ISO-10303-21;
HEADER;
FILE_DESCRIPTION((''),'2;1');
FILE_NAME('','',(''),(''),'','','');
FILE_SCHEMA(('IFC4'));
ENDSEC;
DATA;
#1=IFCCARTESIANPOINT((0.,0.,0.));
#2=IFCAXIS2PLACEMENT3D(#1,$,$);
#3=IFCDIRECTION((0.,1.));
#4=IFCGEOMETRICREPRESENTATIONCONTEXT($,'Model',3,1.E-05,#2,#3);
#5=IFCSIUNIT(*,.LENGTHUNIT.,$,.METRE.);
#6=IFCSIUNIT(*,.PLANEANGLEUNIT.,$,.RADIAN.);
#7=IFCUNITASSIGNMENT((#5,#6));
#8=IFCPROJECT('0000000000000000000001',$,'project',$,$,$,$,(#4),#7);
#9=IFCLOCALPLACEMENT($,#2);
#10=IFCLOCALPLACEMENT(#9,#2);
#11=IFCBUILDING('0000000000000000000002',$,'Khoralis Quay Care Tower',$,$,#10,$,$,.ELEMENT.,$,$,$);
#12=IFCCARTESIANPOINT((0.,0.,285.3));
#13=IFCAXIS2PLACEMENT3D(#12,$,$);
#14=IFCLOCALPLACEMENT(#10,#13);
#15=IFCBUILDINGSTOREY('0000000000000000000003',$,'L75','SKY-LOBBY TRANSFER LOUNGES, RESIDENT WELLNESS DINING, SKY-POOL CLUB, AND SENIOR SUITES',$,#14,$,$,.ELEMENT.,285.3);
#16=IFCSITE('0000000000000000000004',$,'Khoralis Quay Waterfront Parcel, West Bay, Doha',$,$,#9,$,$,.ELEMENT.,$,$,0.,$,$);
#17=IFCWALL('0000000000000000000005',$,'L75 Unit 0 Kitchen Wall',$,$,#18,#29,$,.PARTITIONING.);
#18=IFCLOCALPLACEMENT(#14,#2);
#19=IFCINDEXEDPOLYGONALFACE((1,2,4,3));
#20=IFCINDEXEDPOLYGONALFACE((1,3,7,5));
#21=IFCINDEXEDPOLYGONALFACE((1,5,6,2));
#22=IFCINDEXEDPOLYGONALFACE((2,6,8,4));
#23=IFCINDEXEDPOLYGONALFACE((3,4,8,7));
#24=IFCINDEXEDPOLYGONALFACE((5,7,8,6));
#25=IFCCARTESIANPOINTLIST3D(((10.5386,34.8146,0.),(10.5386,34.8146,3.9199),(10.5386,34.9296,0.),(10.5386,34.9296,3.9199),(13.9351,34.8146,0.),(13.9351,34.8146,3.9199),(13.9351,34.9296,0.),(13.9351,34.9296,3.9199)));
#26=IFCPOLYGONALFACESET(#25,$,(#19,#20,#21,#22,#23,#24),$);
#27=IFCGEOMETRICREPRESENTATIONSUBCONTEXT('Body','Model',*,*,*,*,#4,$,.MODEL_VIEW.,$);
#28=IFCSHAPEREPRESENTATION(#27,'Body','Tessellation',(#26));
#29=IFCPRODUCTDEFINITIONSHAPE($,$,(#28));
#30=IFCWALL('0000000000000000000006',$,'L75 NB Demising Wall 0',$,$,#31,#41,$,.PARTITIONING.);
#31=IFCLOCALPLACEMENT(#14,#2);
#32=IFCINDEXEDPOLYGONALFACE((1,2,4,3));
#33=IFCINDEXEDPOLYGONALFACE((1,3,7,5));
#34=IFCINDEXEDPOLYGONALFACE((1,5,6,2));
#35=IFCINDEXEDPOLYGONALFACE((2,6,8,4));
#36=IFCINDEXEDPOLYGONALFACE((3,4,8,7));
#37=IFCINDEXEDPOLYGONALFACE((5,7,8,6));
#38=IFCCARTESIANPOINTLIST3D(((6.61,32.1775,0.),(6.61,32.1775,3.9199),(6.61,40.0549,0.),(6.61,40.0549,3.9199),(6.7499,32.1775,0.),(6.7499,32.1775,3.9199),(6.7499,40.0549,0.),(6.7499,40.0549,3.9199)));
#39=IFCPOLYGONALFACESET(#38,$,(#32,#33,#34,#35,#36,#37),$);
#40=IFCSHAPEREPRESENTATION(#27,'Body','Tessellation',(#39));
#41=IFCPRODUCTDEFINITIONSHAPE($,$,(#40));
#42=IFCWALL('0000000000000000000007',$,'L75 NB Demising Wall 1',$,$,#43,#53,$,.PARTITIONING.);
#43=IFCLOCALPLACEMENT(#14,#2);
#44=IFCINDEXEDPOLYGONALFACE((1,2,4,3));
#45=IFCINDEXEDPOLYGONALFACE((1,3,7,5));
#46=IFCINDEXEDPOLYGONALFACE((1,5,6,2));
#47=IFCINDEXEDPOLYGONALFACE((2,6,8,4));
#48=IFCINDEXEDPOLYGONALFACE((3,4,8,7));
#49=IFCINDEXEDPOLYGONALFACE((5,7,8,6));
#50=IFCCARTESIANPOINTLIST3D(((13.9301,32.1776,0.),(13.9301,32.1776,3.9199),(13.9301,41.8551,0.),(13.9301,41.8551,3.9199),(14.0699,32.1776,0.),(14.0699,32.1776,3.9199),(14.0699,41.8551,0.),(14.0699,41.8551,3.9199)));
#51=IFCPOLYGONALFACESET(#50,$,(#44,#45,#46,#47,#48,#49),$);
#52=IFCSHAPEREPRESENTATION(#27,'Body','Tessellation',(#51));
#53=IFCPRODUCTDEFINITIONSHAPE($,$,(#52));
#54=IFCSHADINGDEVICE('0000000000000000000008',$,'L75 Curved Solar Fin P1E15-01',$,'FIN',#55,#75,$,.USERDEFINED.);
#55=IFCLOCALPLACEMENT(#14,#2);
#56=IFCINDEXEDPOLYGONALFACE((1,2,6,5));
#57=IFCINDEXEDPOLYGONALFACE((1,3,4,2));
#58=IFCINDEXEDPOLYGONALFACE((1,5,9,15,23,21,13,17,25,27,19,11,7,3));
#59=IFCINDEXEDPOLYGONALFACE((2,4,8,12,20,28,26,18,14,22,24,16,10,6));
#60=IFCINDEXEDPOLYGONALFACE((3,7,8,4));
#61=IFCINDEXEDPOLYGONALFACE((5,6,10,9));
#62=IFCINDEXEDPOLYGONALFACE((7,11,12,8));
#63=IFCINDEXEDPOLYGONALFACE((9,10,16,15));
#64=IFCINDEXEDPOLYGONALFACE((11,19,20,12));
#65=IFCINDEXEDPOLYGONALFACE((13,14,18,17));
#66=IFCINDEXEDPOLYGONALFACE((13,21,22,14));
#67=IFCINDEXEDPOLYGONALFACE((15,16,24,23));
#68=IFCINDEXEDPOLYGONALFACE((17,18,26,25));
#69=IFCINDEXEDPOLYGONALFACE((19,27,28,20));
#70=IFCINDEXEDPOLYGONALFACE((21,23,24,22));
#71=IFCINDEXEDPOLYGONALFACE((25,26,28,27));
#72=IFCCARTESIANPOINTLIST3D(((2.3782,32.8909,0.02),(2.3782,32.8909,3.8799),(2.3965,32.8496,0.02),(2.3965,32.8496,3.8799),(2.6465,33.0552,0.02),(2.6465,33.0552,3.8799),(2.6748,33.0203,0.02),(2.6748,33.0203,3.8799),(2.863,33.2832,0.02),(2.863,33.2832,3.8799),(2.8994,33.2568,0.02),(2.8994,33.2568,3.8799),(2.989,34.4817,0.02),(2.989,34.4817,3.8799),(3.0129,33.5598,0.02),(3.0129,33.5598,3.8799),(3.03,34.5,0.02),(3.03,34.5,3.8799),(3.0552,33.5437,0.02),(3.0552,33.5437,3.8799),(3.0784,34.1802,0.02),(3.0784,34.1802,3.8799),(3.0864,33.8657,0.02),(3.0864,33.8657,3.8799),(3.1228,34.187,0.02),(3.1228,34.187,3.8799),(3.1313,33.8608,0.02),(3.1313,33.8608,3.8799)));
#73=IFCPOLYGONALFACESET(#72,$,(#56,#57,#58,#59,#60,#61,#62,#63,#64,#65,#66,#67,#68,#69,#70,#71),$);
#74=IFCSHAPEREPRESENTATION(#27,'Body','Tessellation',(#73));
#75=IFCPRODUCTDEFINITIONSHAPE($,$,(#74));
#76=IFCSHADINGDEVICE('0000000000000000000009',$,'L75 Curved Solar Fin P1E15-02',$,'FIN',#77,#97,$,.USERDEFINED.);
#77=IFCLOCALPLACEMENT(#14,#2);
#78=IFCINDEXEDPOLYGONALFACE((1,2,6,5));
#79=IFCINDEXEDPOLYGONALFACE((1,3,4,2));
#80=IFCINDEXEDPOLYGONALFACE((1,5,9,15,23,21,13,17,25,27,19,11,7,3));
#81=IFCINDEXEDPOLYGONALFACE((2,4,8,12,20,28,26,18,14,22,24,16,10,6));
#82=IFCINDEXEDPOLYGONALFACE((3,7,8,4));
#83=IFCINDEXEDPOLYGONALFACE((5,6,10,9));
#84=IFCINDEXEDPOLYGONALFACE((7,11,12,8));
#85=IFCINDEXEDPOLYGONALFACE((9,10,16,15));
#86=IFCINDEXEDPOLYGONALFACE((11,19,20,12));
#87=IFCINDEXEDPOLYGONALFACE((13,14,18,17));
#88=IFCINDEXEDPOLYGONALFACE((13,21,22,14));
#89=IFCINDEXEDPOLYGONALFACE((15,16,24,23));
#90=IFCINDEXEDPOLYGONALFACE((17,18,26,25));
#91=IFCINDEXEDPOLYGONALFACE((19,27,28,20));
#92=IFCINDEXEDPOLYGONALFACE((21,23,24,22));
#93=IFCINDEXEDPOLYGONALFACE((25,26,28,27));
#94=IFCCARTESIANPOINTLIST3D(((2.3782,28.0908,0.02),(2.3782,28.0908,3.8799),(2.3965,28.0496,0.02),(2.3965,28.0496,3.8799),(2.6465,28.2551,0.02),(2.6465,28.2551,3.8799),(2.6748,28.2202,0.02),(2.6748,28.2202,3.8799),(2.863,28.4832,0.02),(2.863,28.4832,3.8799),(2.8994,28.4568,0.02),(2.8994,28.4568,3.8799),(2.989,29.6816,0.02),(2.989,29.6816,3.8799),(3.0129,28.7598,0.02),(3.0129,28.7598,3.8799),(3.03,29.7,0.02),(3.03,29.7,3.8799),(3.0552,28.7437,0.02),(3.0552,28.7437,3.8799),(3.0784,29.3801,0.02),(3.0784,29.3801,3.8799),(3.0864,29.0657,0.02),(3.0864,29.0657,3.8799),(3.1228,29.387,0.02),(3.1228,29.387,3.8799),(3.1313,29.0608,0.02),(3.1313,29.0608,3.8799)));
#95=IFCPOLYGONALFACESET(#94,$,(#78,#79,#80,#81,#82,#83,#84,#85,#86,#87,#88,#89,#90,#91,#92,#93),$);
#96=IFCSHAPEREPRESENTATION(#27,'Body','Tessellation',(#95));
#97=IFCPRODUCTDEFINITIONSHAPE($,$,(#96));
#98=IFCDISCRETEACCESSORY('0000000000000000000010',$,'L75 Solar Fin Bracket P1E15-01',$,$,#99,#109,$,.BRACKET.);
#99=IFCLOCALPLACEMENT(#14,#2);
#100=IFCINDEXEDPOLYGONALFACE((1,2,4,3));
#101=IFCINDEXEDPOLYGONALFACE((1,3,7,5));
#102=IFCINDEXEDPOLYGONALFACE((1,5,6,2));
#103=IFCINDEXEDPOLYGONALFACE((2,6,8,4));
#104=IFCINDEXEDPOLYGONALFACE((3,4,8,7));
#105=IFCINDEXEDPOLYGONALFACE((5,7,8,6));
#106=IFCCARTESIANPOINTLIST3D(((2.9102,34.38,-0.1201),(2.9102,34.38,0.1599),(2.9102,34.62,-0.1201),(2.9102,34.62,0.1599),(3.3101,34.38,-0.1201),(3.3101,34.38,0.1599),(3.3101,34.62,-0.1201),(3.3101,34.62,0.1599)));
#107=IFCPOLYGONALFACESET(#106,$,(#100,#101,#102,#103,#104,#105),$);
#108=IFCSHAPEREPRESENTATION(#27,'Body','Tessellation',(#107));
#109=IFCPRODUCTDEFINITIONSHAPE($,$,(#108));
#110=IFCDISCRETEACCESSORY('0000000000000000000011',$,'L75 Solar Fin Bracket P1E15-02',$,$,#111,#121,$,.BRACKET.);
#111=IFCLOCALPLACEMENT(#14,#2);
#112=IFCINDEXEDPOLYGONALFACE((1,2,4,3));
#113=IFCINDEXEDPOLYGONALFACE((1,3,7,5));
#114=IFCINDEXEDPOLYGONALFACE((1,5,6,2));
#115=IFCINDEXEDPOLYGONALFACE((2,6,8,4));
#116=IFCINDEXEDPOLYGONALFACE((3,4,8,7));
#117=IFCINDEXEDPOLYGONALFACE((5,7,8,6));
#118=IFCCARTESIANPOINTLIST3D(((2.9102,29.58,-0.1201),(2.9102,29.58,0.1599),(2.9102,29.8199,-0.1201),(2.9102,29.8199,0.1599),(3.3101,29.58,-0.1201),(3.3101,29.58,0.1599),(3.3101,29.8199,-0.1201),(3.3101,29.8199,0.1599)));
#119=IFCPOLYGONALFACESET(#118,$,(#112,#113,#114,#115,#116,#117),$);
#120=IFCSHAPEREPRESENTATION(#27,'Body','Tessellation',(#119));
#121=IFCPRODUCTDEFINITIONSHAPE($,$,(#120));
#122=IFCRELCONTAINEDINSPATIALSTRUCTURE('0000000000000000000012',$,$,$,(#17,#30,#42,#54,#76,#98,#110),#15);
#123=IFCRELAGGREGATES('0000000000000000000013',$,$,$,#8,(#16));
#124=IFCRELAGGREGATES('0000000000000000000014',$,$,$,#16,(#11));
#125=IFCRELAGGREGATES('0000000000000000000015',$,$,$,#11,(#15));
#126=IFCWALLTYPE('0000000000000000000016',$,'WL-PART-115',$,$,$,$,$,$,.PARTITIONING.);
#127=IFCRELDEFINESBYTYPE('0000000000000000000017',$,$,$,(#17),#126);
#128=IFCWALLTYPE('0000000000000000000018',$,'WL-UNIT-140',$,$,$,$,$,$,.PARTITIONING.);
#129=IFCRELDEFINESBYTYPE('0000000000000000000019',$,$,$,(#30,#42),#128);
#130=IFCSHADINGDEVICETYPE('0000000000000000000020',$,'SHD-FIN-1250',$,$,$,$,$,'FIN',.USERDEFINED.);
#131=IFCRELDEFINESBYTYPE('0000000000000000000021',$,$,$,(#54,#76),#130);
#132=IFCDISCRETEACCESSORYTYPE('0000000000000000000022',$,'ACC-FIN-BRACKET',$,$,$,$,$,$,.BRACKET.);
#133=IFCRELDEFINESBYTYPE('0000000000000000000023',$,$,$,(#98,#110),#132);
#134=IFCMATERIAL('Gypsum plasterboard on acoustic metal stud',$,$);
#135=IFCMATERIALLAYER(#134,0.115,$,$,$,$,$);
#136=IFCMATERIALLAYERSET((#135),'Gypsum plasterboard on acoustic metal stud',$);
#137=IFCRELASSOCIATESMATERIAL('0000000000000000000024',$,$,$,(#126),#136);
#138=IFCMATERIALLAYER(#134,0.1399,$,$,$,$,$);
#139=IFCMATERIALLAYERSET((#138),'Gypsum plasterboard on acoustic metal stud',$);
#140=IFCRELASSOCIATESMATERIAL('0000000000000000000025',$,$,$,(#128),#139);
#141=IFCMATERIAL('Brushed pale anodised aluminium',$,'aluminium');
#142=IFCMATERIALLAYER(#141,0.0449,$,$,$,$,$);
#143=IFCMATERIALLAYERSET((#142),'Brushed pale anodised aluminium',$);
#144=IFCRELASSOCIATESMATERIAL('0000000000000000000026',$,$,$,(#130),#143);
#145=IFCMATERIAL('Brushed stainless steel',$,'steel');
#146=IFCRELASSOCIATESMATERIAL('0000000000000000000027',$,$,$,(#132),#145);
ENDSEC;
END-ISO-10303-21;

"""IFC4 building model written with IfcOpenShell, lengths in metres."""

from ifc_helpers import new_model, si_unit, direction, frame, frame_2d, origin, origin_2d, place, context, subcontext, project, spatial, polyline, rectangle, outline, extrude, source, transform, mapped, material, layer, layer_set, type_object, element, save


model = new_model("IFC4")

# Units and contexts
model_context = context("Model", 3, precision=1e-05, world=origin(), true_north=direction((0.0, 1.0)))
body_context = subcontext(model_context, "Body", "Model", "MODEL_VIEW")
ifc_project = project(units=[si_unit("LENGTHUNIT", "METRE"), si_unit("PLANEANGLEUNIT", "RADIAN")], contexts=[model_context])

# Site, building, storey
site_placement = place(None, origin())
site = spatial("IfcSite", under=ifc_project, at=site_placement, Name="Khoralis Quay Waterfront Parcel, West Bay, Doha", CompositionType="ELEMENT", RefElevation=0.0)
building_placement = place(site_placement, origin())
building = spatial("IfcBuilding", under=site, at=building_placement, Name="Khoralis Quay Care Tower", CompositionType="ELEMENT")
storey_placement = place(building_placement, frame((0.0, 0.0, 285.3)))
storey = spatial("IfcBuildingStorey", under=building, at=storey_placement, Name="L75", Description="SKY-LOBBY TRANSFER LOUNGES, RESIDENT WELLNESS DINING, SKY-POOL CLUB, AND SENIOR SUITES", CompositionType="ELEMENT", Elevation=285.3)

# Shared definitions
ifc_material_1 = material(Name="Gypsum plasterboard on acoustic metal stud")

# Shared definitions
ifc_layer_1 = layer(ifc_material_1, 0.115)
ifc_layer_set_1 = layer_set([ifc_layer_1], Name="Gypsum plasterboard on acoustic metal stud")
wall_type_1 = type_object("IfcWallType", Name="WL-PART-115", PredefinedType="PARTITIONING", material=ifc_layer_set_1)

# Walls
wall_1_placement = place(storey_placement, frame((10.5386, 34.8721, 0.0), z_axis=(0.0, 0.0, 1.0), x_axis=(1.0, 0.0, 0.0)))
element("IfcWall", 1, at=wall_1_placement, inside=storey, type_object=wall_type_1, Name="L75 Unit 0 Kitchen Wall", PredefinedType="PARTITIONING", context=body_context, shape_type="SweptSolid", body=[
    extrude(rectangle(XDim=3.3965, YDim=0.115, at=frame_2d((1.6982, 0.0))), origin(), (0.0, 0.0, 1.0), 3.9199),
])
ifc_layer_2 = layer(ifc_material_1, 0.1399)
ifc_layer_set_2 = layer_set([ifc_layer_2], Name="Gypsum plasterboard on acoustic metal stud")
wall_type_2 = type_object("IfcWallType", Name="WL-UNIT-140", PredefinedType="PARTITIONING", material=ifc_layer_set_2)
wall_2_placement = place(storey_placement, frame((6.6799, 32.1775, 0.0), z_axis=(0.0, 0.0, 1.0), x_axis=(0.0, 1.0, 0.0)))
element("IfcWall", 2, at=wall_2_placement, inside=storey, type_object=wall_type_2, Name="L75 NB Demising Wall 0", PredefinedType="PARTITIONING", context=body_context, shape_type="SweptSolid", body=[
    extrude(rectangle(XDim=7.8774, YDim=0.1399, at=frame_2d((3.9387, 0.0))), origin(), (0.0, 0.0, 1.0), 3.9199),
])
wall_3_placement = place(storey_placement, frame((14.0, 32.1775, 0.0), z_axis=(0.0, 0.0, 1.0), x_axis=(0.0, 1.0, 0.0)))
element("IfcWall", 3, at=wall_3_placement, inside=storey, type_object=wall_type_2, Name="L75 NB Demising Wall 1", PredefinedType="PARTITIONING", context=body_context, shape_type="SweptSolid", body=[
    extrude(rectangle(XDim=9.6775, YDim=0.1399, at=frame_2d((4.8389, 0.0))), origin(), (0.0, 0.0, 1.0), 3.9199),
])

# Shading devices
ifc_material_2 = material(Name="Brushed pale anodised aluminium", Category="aluminium")
ifc_layer_3 = layer(ifc_material_2, 0.0449)
ifc_layer_set_3 = layer_set([ifc_layer_3], Name="Brushed pale anodised aluminium")
shading_device_type = type_object("IfcShadingDeviceType", Name="SHD-FIN-1250", ElementType="FIN", PredefinedType="USERDEFINED", material=ifc_layer_set_3)
shared_shape_1 = source(origin(), body_context, "Body", "SweptSolid", [
    extrude(outline(polyline([(0.0, 0.0), (-0.0928, 0.313), (-0.1013, 0.6392), (-0.0251, 0.9563), (0.1306, 1.2432), (0.3552, 1.4797), (0.6335, 1.6504), (0.6519, 1.6091), (0.3835, 1.4448), (0.167, 1.2168), (0.0171, 0.9402), (-0.0564, 0.6343), (-0.0483, 0.3198), (0.041, 0.0183), (0.0, 0.0)])), origin(), (0.0, 0.0, 1.0), 3.8599),
])
for number, where, z_axis, x_axis, name in (
    (4, (3.03, 34.5, 0.02), (0.0, 0.0, 1.0), (-1.0, 0.0, 0.0), "L75 Curved Solar Fin P1E15-01"),
    (5, (3.03, 29.7, 0.02), (0.0, 0.0, 1.0), (-1.0, 0.0, 0.0), "L75 Curved Solar Fin P1E15-02"),
):
    element("IfcShadingDevice", number, at=place(storey_placement, frame(where, z_axis=z_axis, x_axis=x_axis)), inside=storey, type_object=shading_device_type, Name=name, ObjectType="FIN", PredefinedType="USERDEFINED", context=body_context, shape_type="MappedRepresentation", body=[
        mapped(shared_shape_1, transform((0.0, 0.0, 0.0), scale=1.0)),
    ])

# Discrete accessories
ifc_material_3 = material(Name="Brushed stainless steel", Category="steel")
discrete_accessory_type = type_object("IfcDiscreteAccessoryType", Name="ACC-FIN-BRACKET", PredefinedType="BRACKET", material=ifc_material_3)
shared_shape_2 = source(origin(), body_context, "Body", "SweptSolid", [
    extrude(rectangle(XDim=0.3999, YDim=0.24, at=origin_2d()), origin(), (0.0, 0.0, 1.0), 0.28),
])
for number, where, z_axis, x_axis, name in (
    (6, (3.1101, 34.5, -0.1201), (0.0, 0.0, 1.0), (-1.0, 0.0, 0.0), "L75 Solar Fin Bracket P1E15-01"),
    (7, (3.1101, 29.7, -0.1201), (0.0, 0.0, 1.0), (-1.0, 0.0, 0.0), "L75 Solar Fin Bracket P1E15-02"),
):
    element("IfcDiscreteAccessory", number, at=place(storey_placement, frame(where, z_axis=z_axis, x_axis=x_axis)), inside=storey, type_object=discrete_accessory_type, Name=name, PredefinedType="BRACKET", context=body_context, shape_type="MappedRepresentation", body=[
        mapped(shared_shape_2, transform((0.0, 0.0, 0.0), scale=1.0)),
    ])

save(model, "model.ifc")
